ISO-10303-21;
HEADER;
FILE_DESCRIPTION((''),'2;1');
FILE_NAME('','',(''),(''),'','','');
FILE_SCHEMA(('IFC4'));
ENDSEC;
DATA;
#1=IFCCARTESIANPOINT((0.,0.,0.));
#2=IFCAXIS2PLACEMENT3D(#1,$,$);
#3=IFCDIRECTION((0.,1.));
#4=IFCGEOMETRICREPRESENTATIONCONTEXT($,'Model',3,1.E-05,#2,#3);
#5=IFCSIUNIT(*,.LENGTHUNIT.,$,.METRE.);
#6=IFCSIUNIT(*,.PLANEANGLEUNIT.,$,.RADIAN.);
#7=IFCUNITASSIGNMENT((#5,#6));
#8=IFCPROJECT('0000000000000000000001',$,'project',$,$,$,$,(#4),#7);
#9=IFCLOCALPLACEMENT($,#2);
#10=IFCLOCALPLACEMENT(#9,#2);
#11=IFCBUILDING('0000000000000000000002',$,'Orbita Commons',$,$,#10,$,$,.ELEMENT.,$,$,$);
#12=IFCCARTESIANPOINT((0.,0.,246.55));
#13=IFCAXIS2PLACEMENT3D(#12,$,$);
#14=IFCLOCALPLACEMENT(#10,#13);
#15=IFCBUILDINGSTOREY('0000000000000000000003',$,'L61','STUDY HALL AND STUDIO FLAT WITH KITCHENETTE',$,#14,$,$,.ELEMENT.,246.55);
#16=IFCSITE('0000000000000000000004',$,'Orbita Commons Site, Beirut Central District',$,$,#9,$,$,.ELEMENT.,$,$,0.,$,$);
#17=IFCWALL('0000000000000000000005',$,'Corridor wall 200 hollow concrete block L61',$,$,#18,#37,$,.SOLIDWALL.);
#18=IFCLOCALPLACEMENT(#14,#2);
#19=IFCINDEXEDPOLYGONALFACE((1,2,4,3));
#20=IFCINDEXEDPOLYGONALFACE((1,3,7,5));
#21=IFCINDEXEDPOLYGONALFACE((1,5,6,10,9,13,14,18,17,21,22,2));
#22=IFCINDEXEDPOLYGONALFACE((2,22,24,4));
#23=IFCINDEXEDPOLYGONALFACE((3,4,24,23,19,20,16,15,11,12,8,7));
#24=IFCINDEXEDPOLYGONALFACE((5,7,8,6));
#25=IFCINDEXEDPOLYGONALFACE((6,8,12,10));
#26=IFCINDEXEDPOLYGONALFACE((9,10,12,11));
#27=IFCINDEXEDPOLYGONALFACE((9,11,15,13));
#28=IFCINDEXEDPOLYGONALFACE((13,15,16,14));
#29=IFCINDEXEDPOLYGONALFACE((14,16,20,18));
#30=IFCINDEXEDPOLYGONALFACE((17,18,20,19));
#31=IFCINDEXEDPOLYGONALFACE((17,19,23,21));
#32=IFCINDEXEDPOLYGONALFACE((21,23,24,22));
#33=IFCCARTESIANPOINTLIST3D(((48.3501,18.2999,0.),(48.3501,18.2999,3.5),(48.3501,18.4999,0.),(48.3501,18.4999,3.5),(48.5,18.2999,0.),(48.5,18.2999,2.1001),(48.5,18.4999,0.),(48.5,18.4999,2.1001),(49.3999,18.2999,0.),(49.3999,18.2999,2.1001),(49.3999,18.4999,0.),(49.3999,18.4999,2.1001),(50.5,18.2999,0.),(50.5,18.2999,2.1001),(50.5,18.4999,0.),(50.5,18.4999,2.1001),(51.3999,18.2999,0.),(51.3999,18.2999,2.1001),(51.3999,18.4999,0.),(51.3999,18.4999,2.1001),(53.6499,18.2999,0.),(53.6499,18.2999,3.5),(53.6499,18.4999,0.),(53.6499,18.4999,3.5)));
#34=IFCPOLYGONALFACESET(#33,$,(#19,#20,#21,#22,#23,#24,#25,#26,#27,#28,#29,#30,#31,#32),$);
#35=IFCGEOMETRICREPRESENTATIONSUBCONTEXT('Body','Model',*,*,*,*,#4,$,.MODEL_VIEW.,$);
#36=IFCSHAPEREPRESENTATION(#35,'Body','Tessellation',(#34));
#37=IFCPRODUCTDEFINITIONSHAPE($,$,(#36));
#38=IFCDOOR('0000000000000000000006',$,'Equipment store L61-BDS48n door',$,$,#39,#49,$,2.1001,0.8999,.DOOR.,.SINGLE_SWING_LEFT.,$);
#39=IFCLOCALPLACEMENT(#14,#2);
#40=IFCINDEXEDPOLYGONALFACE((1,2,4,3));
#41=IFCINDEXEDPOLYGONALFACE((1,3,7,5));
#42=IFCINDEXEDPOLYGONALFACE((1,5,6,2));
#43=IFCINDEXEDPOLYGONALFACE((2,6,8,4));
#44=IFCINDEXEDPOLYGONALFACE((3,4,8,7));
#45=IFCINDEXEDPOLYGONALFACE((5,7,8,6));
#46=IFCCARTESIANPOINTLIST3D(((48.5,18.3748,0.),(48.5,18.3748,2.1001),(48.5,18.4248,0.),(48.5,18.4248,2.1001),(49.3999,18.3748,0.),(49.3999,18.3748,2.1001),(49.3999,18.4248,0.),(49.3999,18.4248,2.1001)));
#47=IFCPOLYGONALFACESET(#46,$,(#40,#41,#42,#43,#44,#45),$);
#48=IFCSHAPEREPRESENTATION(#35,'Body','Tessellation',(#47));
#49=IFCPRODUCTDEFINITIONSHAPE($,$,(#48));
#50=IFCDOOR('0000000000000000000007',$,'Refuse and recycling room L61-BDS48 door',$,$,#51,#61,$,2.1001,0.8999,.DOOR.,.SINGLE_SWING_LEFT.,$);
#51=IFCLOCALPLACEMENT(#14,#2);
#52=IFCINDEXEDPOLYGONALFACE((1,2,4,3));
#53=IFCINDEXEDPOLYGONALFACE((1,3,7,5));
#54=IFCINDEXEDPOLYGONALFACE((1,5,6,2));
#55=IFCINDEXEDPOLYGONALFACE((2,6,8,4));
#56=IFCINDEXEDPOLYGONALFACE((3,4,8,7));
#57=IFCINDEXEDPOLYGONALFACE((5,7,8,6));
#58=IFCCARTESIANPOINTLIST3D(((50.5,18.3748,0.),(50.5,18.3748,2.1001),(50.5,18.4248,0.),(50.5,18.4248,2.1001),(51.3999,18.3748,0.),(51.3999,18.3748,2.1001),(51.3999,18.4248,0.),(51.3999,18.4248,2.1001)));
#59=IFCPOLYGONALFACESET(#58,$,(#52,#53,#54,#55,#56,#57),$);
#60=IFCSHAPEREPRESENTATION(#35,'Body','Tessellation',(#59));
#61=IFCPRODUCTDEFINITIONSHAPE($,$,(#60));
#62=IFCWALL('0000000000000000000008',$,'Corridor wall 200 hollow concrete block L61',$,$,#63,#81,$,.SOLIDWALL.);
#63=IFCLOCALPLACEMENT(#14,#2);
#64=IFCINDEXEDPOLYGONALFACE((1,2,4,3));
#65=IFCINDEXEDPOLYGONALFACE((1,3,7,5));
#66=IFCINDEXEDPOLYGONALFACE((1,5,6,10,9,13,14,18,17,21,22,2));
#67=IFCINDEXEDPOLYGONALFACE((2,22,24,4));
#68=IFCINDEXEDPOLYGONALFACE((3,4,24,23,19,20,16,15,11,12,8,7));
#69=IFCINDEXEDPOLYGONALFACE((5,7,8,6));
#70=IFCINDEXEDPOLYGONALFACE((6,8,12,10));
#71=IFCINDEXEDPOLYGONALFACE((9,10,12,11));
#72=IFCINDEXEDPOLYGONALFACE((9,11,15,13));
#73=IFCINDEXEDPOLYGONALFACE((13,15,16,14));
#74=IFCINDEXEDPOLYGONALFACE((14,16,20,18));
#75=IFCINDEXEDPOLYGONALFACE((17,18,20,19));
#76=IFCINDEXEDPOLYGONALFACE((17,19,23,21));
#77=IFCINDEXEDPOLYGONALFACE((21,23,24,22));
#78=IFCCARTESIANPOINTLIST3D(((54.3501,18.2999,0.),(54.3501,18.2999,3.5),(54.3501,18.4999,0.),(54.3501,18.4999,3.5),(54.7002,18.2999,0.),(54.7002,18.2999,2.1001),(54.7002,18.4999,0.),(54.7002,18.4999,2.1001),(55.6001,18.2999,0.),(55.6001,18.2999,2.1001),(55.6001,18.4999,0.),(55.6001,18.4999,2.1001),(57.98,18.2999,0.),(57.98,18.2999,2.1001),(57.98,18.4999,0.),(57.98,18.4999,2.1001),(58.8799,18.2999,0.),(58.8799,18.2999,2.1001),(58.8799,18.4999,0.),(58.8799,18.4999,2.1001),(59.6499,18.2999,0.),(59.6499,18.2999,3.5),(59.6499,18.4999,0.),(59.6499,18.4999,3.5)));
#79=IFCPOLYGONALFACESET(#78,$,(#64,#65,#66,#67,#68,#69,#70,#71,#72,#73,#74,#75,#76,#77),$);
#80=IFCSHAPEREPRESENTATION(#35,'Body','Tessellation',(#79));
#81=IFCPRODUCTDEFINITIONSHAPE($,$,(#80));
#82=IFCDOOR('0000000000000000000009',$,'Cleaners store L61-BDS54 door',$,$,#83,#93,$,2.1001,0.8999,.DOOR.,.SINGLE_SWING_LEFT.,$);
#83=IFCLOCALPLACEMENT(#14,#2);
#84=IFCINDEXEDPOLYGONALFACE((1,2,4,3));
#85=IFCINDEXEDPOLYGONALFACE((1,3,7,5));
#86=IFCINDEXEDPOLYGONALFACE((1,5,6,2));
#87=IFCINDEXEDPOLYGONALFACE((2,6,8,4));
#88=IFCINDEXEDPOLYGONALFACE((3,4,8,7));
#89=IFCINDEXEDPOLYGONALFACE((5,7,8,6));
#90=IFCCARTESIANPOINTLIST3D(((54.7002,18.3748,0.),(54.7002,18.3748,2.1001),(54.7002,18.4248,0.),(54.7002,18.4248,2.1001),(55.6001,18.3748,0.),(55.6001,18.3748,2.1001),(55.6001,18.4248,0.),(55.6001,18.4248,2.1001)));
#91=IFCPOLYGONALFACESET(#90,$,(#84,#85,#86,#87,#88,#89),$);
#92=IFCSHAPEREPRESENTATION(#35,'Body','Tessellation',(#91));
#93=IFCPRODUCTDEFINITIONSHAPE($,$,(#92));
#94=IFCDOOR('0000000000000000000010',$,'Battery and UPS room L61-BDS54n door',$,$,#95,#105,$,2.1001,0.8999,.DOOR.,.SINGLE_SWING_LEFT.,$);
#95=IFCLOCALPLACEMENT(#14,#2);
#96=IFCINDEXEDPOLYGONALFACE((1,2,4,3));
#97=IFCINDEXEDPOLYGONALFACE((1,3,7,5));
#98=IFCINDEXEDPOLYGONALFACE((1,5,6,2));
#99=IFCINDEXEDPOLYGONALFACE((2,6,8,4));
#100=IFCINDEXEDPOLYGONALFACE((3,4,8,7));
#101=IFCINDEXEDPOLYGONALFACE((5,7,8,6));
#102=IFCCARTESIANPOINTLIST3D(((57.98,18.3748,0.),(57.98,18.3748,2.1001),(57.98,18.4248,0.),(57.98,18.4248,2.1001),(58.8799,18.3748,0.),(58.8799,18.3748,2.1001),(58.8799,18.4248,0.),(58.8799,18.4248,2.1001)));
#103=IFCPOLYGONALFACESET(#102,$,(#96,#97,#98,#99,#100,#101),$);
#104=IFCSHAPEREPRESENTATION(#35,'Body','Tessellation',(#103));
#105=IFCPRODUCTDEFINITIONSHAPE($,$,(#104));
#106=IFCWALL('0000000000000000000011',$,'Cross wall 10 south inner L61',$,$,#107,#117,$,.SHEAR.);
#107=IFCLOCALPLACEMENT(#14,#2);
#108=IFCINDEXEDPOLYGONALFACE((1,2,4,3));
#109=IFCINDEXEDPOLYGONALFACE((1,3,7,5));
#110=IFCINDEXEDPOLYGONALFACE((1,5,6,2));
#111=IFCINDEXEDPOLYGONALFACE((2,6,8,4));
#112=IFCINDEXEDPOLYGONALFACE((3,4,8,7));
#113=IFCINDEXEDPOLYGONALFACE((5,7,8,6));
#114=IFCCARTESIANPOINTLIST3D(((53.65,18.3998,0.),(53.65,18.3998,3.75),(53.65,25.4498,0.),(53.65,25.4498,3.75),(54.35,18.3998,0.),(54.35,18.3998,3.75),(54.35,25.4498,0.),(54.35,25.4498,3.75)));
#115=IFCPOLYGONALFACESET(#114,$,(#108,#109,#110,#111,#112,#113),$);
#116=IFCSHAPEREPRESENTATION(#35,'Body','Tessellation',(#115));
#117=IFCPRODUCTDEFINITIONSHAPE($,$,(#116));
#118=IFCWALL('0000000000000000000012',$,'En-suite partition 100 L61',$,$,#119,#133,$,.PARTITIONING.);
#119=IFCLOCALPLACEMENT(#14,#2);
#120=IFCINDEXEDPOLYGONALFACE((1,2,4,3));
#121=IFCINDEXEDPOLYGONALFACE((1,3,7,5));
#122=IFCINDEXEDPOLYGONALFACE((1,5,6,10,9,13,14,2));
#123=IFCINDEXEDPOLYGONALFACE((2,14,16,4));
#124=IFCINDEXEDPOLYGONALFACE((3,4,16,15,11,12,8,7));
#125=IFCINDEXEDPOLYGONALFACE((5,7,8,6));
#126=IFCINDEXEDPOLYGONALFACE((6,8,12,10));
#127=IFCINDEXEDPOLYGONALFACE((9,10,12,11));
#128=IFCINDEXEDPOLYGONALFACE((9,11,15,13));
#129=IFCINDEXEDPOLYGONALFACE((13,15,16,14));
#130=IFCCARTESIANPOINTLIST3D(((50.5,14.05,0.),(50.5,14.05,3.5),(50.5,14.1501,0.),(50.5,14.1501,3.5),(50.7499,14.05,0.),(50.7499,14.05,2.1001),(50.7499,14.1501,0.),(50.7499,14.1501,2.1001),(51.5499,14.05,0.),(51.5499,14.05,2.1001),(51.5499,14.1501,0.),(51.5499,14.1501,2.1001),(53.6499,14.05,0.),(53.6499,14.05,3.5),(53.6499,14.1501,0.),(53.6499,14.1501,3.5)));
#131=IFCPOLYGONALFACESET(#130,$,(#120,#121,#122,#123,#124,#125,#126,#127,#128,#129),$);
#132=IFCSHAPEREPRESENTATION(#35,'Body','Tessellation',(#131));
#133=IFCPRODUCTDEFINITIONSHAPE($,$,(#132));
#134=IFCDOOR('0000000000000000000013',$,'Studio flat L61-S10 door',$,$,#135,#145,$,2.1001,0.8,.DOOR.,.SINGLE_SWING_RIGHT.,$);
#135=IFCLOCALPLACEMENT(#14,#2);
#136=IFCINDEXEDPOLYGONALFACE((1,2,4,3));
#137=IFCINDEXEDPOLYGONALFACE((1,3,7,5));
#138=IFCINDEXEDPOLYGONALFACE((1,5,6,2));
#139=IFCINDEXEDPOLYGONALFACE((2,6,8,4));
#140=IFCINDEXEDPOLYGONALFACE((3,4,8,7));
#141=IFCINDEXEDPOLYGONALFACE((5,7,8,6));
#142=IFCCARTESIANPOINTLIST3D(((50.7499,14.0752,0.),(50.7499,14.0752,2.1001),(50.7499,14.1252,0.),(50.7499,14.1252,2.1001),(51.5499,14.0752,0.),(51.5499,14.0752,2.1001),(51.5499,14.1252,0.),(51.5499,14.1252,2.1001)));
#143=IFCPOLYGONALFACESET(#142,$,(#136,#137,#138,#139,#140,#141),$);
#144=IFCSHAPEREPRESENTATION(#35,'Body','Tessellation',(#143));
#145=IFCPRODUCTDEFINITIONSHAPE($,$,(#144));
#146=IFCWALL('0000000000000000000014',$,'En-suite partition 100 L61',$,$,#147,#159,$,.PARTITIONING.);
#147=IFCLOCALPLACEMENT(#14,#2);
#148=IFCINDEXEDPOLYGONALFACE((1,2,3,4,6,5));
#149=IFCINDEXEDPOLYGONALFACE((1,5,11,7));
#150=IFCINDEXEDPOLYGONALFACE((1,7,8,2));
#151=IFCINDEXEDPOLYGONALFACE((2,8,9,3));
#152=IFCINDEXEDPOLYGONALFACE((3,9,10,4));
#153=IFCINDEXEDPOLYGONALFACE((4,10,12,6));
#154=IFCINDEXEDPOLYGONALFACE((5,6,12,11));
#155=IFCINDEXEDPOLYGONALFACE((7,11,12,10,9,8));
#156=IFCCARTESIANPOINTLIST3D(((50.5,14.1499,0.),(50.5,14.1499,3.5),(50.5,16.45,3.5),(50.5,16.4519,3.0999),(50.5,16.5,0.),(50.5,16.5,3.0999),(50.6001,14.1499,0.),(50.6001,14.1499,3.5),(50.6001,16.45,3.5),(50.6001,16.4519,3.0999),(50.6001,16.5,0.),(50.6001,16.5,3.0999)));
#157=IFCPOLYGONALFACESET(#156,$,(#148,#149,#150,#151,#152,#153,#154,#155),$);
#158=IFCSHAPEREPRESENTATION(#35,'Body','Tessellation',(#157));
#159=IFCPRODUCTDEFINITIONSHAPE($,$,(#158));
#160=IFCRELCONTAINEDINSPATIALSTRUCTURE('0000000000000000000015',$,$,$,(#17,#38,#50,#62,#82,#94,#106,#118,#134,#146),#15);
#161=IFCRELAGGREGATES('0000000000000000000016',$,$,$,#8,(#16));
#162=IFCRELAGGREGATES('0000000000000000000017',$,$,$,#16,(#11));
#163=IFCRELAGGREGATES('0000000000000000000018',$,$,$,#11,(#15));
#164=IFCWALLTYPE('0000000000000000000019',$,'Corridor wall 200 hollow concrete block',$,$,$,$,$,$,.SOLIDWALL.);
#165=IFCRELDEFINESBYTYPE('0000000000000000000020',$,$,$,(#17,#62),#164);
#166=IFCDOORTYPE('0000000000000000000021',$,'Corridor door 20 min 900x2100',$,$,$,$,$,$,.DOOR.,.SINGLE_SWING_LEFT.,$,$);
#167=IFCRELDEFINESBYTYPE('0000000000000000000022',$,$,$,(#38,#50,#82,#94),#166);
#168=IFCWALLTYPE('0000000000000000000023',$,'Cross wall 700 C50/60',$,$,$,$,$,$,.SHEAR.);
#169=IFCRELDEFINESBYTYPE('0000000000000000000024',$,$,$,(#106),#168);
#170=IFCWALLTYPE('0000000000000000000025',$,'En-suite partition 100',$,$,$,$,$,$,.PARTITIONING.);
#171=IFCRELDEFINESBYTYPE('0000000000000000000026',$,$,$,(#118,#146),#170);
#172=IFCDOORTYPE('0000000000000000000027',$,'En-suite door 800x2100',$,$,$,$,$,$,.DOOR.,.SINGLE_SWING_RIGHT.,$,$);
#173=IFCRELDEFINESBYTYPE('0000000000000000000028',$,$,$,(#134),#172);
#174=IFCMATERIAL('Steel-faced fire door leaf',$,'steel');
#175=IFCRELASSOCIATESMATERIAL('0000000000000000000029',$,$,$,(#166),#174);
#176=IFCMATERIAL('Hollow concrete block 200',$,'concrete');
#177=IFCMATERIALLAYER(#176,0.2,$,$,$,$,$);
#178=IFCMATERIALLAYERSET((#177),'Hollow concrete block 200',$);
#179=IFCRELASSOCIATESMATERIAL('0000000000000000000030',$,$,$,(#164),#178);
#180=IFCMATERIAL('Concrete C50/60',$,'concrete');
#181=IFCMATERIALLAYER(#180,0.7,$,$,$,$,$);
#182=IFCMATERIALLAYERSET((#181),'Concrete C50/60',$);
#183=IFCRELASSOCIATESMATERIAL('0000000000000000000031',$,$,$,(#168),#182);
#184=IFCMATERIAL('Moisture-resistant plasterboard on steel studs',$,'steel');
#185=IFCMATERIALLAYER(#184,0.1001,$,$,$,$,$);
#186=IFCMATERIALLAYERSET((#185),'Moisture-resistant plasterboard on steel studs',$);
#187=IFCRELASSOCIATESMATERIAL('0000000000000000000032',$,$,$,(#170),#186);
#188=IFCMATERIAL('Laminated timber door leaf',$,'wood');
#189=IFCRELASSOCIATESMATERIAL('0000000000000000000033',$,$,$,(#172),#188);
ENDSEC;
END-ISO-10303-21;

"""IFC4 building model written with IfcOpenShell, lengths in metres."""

from ifc_helpers import new_model, si_unit, direction, frame, frame_2d, origin, place, context, subcontext, project, spatial, polyline, rectangle, outline, extrude, material, layer, layer_set, type_object, element, fill, save


model = new_model("IFC4")

# Units and contexts
model_context = context("Model", 3, precision=1e-05, world=origin(), true_north=direction((0.0, 1.0)))
body_context = subcontext(model_context, "Body", "Model", "MODEL_VIEW")
ifc_project = project(units=[si_unit("LENGTHUNIT", "METRE"), si_unit("PLANEANGLEUNIT", "RADIAN")], contexts=[model_context])

# Site, building, storey
site_placement = place(None, origin())
site = spatial("IfcSite", under=ifc_project, at=site_placement, Name="Orbita Commons Site, Beirut Central District", CompositionType="ELEMENT", RefElevation=0.0)
building_placement = place(site_placement, origin())
building = spatial("IfcBuilding", under=site, at=building_placement, Name="Orbita Commons", CompositionType="ELEMENT")
storey_placement = place(building_placement, frame((0.0, 0.0, 246.55)))
storey = spatial("IfcBuildingStorey", under=building, at=storey_placement, Name="L61", Description="STUDY HALL AND STUDIO FLAT WITH KITCHENETTE", CompositionType="ELEMENT", Elevation=246.55)

# Shared definitions
ifc_material_1 = material(Name="Steel-faced fire door leaf", Category="steel")
door_type_1 = type_object("IfcDoorType", Name="Corridor door 20 min 900x2100", OperationType="SINGLE_SWING_LEFT", PredefinedType="DOOR", material=ifc_material_1)

# Walls, openings, doors
ifc_material_2 = material(Name="Hollow concrete block 200", Category="concrete")
ifc_layer_1 = layer(ifc_material_2, 0.2)
ifc_layer_set_1 = layer_set([ifc_layer_1], Name="Hollow concrete block 200")
wall_type_1 = type_object("IfcWallType", Name="Corridor wall 200 hollow concrete block", PredefinedType="SOLIDWALL", material=ifc_layer_set_1)
wall_1_placement = place(storey_placement, frame((48.3501, 18.3999, 0.0), z_axis=(0.0, 0.0, 1.0), x_axis=(1.0, 0.0, 0.0)))
wall_1 = element("IfcWall", 1, at=wall_1_placement, inside=storey, type_object=wall_type_1, Name="Corridor wall 200 hollow concrete block L61", PredefinedType="SOLIDWALL", context=body_context, shape_type="SweptSolid", body=[
    extrude(rectangle(XDim=5.2998, YDim=0.2, at=frame_2d((2.6499, 0.0))), origin(), (0.0, 0.0, 1.0), 3.5),
])
opening_1_placement = place(wall_1_placement, frame((0.1499, 0.0, 0.0)))
opening_1 = element("IfcOpeningElement", 2, at=opening_1_placement, cuts=wall_1, PredefinedType="OPENING", context=body_context, shape_type="SweptSolid", body=[
    extrude(rectangle(XDim=0.8999, YDim=2.1001, at=frame_2d((0.45, 1.05))), frame((0.0, 0.1099, 0.0), z_axis=(0.0, -1.0, 0.0), x_axis=(1.0, 0.0, 0.0)), (0.0, 0.0, 1.0), 0.22),
])
opening_2_placement = place(wall_1_placement, frame((2.1499, 0.0, 0.0)))
opening_2 = element("IfcOpeningElement", 3, at=opening_2_placement, cuts=wall_1, PredefinedType="OPENING", context=body_context, shape_type="SweptSolid", body=[
    extrude(rectangle(XDim=0.8999, YDim=2.1001, at=frame_2d((0.45, 1.05))), frame((0.0, 0.1099, 0.0), z_axis=(0.0, -1.0, 0.0), x_axis=(1.0, 0.0, 0.0)), (0.0, 0.0, 1.0), 0.22),
])
door_1_placement = place(opening_1_placement, origin())
door_1 = element("IfcDoor", 4, at=door_1_placement, inside=storey, type_object=door_type_1, Name="Equipment store L61-BDS48n door", OperationType="SINGLE_SWING_LEFT", OverallHeight=2.1001, OverallWidth=0.8999, PredefinedType="DOOR", context=body_context, shape_type="SweptSolid", body=[
    extrude(rectangle(XDim=0.8999, YDim=2.1001, at=frame_2d((0.45, 1.05))), frame((0.0, 0.0249, 0.0), z_axis=(0.0, -1.0, 0.0), x_axis=(1.0, 0.0, 0.0)), (0.0, 0.0, 1.0), 0.05),
])
fill(opening_1, door_1)
door_2_placement = place(opening_2_placement, origin())
door_2 = element("IfcDoor", 5, at=door_2_placement, inside=storey, type_object=door_type_1, Name="Refuse and recycling room L61-BDS48 door", OperationType="SINGLE_SWING_LEFT", OverallHeight=2.1001, OverallWidth=0.8999, PredefinedType="DOOR", context=body_context, shape_type="SweptSolid", body=[
    extrude(rectangle(XDim=0.8999, YDim=2.1001, at=frame_2d((0.45, 1.05))), frame((0.0, 0.0249, 0.0), z_axis=(0.0, -1.0, 0.0), x_axis=(1.0, 0.0, 0.0)), (0.0, 0.0, 1.0), 0.05),
])
fill(opening_2, door_2)
wall_2_placement = place(storey_placement, frame((54.3501, 18.3999, 0.0), z_axis=(0.0, 0.0, 1.0), x_axis=(1.0, 0.0, 0.0)))
wall_2 = element("IfcWall", 6, at=wall_2_placement, inside=storey, type_object=wall_type_1, Name="Corridor wall 200 hollow concrete block L61", PredefinedType="SOLIDWALL", context=body_context, shape_type="SweptSolid", body=[
    extrude(rectangle(XDim=5.2998, YDim=0.2, at=frame_2d((2.6499, 0.0))), origin(), (0.0, 0.0, 1.0), 3.5),
])
opening_3_placement = place(wall_2_placement, frame((0.3501, 0.0, 0.0)))
opening_3 = element("IfcOpeningElement", 7, at=opening_3_placement, cuts=wall_2, PredefinedType="OPENING", context=body_context, shape_type="SweptSolid", body=[
    extrude(rectangle(XDim=0.8999, YDim=2.1001, at=frame_2d((0.45, 1.05))), frame((0.0, 0.1099, 0.0), z_axis=(0.0, -1.0, 0.0), x_axis=(1.0, 0.0, 0.0)), (0.0, 0.0, 1.0), 0.22),
])
opening_4_placement = place(wall_2_placement, frame((3.6299, 0.0, 0.0)))
opening_4 = element("IfcOpeningElement", 8, at=opening_4_placement, cuts=wall_2, PredefinedType="OPENING", context=body_context, shape_type="SweptSolid", body=[
    extrude(rectangle(XDim=0.8999, YDim=2.1001, at=frame_2d((0.45, 1.05))), frame((0.0, 0.1099, 0.0), z_axis=(0.0, -1.0, 0.0), x_axis=(1.0, 0.0, 0.0)), (0.0, 0.0, 1.0), 0.22),
])
door_3_placement = place(opening_3_placement, origin())
door_3 = element("IfcDoor", 9, at=door_3_placement, inside=storey, type_object=door_type_1, Name="Cleaners store L61-BDS54 door", OperationType="SINGLE_SWING_LEFT", OverallHeight=2.1001, OverallWidth=0.8999, PredefinedType="DOOR", context=body_context, shape_type="SweptSolid", body=[
    extrude(rectangle(XDim=0.8999, YDim=2.1001, at=frame_2d((0.45, 1.05))), frame((0.0, 0.0249, 0.0), z_axis=(0.0, -1.0, 0.0), x_axis=(1.0, 0.0, 0.0)), (0.0, 0.0, 1.0), 0.05),
])
fill(opening_3, door_3)
door_4_placement = place(opening_4_placement, origin())
door_4 = element("IfcDoor", 10, at=door_4_placement, inside=storey, type_object=door_type_1, Name="Battery and UPS room L61-BDS54n door", OperationType="SINGLE_SWING_LEFT", OverallHeight=2.1001, OverallWidth=0.8999, PredefinedType="DOOR", context=body_context, shape_type="SweptSolid", body=[
    extrude(rectangle(XDim=0.8999, YDim=2.1001, at=frame_2d((0.45, 1.05))), frame((0.0, 0.0249, 0.0), z_axis=(0.0, -1.0, 0.0), x_axis=(1.0, 0.0, 0.0)), (0.0, 0.0, 1.0), 0.05),
])
fill(opening_4, door_4)

# Wall
ifc_material_3 = material(Name="Concrete C50/60", Category="concrete")
ifc_layer_2 = layer(ifc_material_3, 0.7)
ifc_layer_set_2 = layer_set([ifc_layer_2], Name="Concrete C50/60")
wall_type_2 = type_object("IfcWallType", Name="Cross wall 700 C50/60", PredefinedType="SHEAR", material=ifc_layer_set_2)
wall_3_placement = place(storey_placement, frame((54.0, 18.3999, 0.0), z_axis=(0.0, 0.0, 1.0), x_axis=(0.0, 1.0, 0.0)))
element("IfcWall", 11, at=wall_3_placement, inside=storey, type_object=wall_type_2, Name="Cross wall 10 south inner L61", PredefinedType="SHEAR", context=body_context, shape_type="SweptSolid", body=[
    extrude(rectangle(XDim=7.05, YDim=0.7, at=frame_2d((3.5249, 0.0))), origin(), (0.0, 0.0, 1.0), 3.75),
])

# Wall, opening, door
ifc_material_4 = material(Name="Moisture-resistant plasterboard on steel studs", Category="steel")
ifc_layer_3 = layer(ifc_material_4, 0.1001)
ifc_layer_set_3 = layer_set([ifc_layer_3], Name="Moisture-resistant plasterboard on steel studs")
wall_type_3 = type_object("IfcWallType", Name="En-suite partition 100", PredefinedType="PARTITIONING", material=ifc_layer_set_3)
wall_4_placement = place(storey_placement, frame((53.6499, 14.1001, 0.0), z_axis=(0.0, 0.0, 1.0), x_axis=(-1.0, 0.0, 0.0)))
wall_4 = element("IfcWall", 12, at=wall_4_placement, inside=storey, type_object=wall_type_3, Name="En-suite partition 100 L61", PredefinedType="PARTITIONING", context=body_context, shape_type="SweptSolid", body=[
    extrude(rectangle(XDim=3.1499, YDim=0.1001, at=frame_2d((1.575, 0.0))), origin(), (0.0, 0.0, 1.0), 3.5),
])
opening_5_placement = place(wall_4_placement, frame((2.1001, 0.0, 0.0)))
opening_5 = element("IfcOpeningElement", 13, at=opening_5_placement, cuts=wall_4, PredefinedType="OPENING", context=body_context, shape_type="SweptSolid", body=[
    extrude(rectangle(XDim=0.8, YDim=2.1001, at=frame_2d((0.3999, 1.05))), frame((0.0, 0.0601, 0.0), z_axis=(0.0, -1.0, 0.0), x_axis=(1.0, 0.0, 0.0)), (0.0, 0.0, 1.0), 0.1201),
])
ifc_material_5 = material(Name="Laminated timber door leaf", Category="wood")
door_type_2 = type_object("IfcDoorType", Name="En-suite door 800x2100", OperationType="SINGLE_SWING_RIGHT", PredefinedType="DOOR", material=ifc_material_5)
door_5_placement = place(opening_5_placement, origin())
door_5 = element("IfcDoor", 14, at=door_5_placement, inside=storey, type_object=door_type_2, Name="Studio flat L61-S10 door", OperationType="SINGLE_SWING_RIGHT", OverallHeight=2.1001, OverallWidth=0.8, PredefinedType="DOOR", context=body_context, shape_type="SweptSolid", body=[
    extrude(rectangle(XDim=0.8, YDim=2.1001, at=frame_2d((0.3999, 1.05))), frame((0.0, 0.0249, 0.0), z_axis=(0.0, -1.0, 0.0), x_axis=(1.0, 0.0, 0.0)), (0.0, 0.0, 1.0), 0.05),
])
fill(opening_5, door_5)

# Wall
wall_5_placement = place(storey_placement, frame((50.55, 14.1499, 0.0), z_axis=(0.0, 0.0, 1.0), x_axis=(0.0, 1.0, 0.0)))
element("IfcWall", 15, at=wall_5_placement, inside=storey, type_object=wall_type_3, Name="En-suite partition 100 L61", PredefinedType="PARTITIONING", context=body_context, shape_type="SweptSolid", body=[
    extrude(outline(polyline([(0.0, 0.0), (2.3501, 0.0), (2.3501, 3.0999), (2.302, 3.0999), (2.3, 3.5), (0.0, 3.5), (0.0, 0.0)])), frame((0.0, 0.05, 0.0), z_axis=(0.0, -1.0, 0.0), x_axis=(1.0, 0.0, 0.0)), (0.0, 0.0, 1.0), 0.1001),
])

save(model, "model.ifc")
